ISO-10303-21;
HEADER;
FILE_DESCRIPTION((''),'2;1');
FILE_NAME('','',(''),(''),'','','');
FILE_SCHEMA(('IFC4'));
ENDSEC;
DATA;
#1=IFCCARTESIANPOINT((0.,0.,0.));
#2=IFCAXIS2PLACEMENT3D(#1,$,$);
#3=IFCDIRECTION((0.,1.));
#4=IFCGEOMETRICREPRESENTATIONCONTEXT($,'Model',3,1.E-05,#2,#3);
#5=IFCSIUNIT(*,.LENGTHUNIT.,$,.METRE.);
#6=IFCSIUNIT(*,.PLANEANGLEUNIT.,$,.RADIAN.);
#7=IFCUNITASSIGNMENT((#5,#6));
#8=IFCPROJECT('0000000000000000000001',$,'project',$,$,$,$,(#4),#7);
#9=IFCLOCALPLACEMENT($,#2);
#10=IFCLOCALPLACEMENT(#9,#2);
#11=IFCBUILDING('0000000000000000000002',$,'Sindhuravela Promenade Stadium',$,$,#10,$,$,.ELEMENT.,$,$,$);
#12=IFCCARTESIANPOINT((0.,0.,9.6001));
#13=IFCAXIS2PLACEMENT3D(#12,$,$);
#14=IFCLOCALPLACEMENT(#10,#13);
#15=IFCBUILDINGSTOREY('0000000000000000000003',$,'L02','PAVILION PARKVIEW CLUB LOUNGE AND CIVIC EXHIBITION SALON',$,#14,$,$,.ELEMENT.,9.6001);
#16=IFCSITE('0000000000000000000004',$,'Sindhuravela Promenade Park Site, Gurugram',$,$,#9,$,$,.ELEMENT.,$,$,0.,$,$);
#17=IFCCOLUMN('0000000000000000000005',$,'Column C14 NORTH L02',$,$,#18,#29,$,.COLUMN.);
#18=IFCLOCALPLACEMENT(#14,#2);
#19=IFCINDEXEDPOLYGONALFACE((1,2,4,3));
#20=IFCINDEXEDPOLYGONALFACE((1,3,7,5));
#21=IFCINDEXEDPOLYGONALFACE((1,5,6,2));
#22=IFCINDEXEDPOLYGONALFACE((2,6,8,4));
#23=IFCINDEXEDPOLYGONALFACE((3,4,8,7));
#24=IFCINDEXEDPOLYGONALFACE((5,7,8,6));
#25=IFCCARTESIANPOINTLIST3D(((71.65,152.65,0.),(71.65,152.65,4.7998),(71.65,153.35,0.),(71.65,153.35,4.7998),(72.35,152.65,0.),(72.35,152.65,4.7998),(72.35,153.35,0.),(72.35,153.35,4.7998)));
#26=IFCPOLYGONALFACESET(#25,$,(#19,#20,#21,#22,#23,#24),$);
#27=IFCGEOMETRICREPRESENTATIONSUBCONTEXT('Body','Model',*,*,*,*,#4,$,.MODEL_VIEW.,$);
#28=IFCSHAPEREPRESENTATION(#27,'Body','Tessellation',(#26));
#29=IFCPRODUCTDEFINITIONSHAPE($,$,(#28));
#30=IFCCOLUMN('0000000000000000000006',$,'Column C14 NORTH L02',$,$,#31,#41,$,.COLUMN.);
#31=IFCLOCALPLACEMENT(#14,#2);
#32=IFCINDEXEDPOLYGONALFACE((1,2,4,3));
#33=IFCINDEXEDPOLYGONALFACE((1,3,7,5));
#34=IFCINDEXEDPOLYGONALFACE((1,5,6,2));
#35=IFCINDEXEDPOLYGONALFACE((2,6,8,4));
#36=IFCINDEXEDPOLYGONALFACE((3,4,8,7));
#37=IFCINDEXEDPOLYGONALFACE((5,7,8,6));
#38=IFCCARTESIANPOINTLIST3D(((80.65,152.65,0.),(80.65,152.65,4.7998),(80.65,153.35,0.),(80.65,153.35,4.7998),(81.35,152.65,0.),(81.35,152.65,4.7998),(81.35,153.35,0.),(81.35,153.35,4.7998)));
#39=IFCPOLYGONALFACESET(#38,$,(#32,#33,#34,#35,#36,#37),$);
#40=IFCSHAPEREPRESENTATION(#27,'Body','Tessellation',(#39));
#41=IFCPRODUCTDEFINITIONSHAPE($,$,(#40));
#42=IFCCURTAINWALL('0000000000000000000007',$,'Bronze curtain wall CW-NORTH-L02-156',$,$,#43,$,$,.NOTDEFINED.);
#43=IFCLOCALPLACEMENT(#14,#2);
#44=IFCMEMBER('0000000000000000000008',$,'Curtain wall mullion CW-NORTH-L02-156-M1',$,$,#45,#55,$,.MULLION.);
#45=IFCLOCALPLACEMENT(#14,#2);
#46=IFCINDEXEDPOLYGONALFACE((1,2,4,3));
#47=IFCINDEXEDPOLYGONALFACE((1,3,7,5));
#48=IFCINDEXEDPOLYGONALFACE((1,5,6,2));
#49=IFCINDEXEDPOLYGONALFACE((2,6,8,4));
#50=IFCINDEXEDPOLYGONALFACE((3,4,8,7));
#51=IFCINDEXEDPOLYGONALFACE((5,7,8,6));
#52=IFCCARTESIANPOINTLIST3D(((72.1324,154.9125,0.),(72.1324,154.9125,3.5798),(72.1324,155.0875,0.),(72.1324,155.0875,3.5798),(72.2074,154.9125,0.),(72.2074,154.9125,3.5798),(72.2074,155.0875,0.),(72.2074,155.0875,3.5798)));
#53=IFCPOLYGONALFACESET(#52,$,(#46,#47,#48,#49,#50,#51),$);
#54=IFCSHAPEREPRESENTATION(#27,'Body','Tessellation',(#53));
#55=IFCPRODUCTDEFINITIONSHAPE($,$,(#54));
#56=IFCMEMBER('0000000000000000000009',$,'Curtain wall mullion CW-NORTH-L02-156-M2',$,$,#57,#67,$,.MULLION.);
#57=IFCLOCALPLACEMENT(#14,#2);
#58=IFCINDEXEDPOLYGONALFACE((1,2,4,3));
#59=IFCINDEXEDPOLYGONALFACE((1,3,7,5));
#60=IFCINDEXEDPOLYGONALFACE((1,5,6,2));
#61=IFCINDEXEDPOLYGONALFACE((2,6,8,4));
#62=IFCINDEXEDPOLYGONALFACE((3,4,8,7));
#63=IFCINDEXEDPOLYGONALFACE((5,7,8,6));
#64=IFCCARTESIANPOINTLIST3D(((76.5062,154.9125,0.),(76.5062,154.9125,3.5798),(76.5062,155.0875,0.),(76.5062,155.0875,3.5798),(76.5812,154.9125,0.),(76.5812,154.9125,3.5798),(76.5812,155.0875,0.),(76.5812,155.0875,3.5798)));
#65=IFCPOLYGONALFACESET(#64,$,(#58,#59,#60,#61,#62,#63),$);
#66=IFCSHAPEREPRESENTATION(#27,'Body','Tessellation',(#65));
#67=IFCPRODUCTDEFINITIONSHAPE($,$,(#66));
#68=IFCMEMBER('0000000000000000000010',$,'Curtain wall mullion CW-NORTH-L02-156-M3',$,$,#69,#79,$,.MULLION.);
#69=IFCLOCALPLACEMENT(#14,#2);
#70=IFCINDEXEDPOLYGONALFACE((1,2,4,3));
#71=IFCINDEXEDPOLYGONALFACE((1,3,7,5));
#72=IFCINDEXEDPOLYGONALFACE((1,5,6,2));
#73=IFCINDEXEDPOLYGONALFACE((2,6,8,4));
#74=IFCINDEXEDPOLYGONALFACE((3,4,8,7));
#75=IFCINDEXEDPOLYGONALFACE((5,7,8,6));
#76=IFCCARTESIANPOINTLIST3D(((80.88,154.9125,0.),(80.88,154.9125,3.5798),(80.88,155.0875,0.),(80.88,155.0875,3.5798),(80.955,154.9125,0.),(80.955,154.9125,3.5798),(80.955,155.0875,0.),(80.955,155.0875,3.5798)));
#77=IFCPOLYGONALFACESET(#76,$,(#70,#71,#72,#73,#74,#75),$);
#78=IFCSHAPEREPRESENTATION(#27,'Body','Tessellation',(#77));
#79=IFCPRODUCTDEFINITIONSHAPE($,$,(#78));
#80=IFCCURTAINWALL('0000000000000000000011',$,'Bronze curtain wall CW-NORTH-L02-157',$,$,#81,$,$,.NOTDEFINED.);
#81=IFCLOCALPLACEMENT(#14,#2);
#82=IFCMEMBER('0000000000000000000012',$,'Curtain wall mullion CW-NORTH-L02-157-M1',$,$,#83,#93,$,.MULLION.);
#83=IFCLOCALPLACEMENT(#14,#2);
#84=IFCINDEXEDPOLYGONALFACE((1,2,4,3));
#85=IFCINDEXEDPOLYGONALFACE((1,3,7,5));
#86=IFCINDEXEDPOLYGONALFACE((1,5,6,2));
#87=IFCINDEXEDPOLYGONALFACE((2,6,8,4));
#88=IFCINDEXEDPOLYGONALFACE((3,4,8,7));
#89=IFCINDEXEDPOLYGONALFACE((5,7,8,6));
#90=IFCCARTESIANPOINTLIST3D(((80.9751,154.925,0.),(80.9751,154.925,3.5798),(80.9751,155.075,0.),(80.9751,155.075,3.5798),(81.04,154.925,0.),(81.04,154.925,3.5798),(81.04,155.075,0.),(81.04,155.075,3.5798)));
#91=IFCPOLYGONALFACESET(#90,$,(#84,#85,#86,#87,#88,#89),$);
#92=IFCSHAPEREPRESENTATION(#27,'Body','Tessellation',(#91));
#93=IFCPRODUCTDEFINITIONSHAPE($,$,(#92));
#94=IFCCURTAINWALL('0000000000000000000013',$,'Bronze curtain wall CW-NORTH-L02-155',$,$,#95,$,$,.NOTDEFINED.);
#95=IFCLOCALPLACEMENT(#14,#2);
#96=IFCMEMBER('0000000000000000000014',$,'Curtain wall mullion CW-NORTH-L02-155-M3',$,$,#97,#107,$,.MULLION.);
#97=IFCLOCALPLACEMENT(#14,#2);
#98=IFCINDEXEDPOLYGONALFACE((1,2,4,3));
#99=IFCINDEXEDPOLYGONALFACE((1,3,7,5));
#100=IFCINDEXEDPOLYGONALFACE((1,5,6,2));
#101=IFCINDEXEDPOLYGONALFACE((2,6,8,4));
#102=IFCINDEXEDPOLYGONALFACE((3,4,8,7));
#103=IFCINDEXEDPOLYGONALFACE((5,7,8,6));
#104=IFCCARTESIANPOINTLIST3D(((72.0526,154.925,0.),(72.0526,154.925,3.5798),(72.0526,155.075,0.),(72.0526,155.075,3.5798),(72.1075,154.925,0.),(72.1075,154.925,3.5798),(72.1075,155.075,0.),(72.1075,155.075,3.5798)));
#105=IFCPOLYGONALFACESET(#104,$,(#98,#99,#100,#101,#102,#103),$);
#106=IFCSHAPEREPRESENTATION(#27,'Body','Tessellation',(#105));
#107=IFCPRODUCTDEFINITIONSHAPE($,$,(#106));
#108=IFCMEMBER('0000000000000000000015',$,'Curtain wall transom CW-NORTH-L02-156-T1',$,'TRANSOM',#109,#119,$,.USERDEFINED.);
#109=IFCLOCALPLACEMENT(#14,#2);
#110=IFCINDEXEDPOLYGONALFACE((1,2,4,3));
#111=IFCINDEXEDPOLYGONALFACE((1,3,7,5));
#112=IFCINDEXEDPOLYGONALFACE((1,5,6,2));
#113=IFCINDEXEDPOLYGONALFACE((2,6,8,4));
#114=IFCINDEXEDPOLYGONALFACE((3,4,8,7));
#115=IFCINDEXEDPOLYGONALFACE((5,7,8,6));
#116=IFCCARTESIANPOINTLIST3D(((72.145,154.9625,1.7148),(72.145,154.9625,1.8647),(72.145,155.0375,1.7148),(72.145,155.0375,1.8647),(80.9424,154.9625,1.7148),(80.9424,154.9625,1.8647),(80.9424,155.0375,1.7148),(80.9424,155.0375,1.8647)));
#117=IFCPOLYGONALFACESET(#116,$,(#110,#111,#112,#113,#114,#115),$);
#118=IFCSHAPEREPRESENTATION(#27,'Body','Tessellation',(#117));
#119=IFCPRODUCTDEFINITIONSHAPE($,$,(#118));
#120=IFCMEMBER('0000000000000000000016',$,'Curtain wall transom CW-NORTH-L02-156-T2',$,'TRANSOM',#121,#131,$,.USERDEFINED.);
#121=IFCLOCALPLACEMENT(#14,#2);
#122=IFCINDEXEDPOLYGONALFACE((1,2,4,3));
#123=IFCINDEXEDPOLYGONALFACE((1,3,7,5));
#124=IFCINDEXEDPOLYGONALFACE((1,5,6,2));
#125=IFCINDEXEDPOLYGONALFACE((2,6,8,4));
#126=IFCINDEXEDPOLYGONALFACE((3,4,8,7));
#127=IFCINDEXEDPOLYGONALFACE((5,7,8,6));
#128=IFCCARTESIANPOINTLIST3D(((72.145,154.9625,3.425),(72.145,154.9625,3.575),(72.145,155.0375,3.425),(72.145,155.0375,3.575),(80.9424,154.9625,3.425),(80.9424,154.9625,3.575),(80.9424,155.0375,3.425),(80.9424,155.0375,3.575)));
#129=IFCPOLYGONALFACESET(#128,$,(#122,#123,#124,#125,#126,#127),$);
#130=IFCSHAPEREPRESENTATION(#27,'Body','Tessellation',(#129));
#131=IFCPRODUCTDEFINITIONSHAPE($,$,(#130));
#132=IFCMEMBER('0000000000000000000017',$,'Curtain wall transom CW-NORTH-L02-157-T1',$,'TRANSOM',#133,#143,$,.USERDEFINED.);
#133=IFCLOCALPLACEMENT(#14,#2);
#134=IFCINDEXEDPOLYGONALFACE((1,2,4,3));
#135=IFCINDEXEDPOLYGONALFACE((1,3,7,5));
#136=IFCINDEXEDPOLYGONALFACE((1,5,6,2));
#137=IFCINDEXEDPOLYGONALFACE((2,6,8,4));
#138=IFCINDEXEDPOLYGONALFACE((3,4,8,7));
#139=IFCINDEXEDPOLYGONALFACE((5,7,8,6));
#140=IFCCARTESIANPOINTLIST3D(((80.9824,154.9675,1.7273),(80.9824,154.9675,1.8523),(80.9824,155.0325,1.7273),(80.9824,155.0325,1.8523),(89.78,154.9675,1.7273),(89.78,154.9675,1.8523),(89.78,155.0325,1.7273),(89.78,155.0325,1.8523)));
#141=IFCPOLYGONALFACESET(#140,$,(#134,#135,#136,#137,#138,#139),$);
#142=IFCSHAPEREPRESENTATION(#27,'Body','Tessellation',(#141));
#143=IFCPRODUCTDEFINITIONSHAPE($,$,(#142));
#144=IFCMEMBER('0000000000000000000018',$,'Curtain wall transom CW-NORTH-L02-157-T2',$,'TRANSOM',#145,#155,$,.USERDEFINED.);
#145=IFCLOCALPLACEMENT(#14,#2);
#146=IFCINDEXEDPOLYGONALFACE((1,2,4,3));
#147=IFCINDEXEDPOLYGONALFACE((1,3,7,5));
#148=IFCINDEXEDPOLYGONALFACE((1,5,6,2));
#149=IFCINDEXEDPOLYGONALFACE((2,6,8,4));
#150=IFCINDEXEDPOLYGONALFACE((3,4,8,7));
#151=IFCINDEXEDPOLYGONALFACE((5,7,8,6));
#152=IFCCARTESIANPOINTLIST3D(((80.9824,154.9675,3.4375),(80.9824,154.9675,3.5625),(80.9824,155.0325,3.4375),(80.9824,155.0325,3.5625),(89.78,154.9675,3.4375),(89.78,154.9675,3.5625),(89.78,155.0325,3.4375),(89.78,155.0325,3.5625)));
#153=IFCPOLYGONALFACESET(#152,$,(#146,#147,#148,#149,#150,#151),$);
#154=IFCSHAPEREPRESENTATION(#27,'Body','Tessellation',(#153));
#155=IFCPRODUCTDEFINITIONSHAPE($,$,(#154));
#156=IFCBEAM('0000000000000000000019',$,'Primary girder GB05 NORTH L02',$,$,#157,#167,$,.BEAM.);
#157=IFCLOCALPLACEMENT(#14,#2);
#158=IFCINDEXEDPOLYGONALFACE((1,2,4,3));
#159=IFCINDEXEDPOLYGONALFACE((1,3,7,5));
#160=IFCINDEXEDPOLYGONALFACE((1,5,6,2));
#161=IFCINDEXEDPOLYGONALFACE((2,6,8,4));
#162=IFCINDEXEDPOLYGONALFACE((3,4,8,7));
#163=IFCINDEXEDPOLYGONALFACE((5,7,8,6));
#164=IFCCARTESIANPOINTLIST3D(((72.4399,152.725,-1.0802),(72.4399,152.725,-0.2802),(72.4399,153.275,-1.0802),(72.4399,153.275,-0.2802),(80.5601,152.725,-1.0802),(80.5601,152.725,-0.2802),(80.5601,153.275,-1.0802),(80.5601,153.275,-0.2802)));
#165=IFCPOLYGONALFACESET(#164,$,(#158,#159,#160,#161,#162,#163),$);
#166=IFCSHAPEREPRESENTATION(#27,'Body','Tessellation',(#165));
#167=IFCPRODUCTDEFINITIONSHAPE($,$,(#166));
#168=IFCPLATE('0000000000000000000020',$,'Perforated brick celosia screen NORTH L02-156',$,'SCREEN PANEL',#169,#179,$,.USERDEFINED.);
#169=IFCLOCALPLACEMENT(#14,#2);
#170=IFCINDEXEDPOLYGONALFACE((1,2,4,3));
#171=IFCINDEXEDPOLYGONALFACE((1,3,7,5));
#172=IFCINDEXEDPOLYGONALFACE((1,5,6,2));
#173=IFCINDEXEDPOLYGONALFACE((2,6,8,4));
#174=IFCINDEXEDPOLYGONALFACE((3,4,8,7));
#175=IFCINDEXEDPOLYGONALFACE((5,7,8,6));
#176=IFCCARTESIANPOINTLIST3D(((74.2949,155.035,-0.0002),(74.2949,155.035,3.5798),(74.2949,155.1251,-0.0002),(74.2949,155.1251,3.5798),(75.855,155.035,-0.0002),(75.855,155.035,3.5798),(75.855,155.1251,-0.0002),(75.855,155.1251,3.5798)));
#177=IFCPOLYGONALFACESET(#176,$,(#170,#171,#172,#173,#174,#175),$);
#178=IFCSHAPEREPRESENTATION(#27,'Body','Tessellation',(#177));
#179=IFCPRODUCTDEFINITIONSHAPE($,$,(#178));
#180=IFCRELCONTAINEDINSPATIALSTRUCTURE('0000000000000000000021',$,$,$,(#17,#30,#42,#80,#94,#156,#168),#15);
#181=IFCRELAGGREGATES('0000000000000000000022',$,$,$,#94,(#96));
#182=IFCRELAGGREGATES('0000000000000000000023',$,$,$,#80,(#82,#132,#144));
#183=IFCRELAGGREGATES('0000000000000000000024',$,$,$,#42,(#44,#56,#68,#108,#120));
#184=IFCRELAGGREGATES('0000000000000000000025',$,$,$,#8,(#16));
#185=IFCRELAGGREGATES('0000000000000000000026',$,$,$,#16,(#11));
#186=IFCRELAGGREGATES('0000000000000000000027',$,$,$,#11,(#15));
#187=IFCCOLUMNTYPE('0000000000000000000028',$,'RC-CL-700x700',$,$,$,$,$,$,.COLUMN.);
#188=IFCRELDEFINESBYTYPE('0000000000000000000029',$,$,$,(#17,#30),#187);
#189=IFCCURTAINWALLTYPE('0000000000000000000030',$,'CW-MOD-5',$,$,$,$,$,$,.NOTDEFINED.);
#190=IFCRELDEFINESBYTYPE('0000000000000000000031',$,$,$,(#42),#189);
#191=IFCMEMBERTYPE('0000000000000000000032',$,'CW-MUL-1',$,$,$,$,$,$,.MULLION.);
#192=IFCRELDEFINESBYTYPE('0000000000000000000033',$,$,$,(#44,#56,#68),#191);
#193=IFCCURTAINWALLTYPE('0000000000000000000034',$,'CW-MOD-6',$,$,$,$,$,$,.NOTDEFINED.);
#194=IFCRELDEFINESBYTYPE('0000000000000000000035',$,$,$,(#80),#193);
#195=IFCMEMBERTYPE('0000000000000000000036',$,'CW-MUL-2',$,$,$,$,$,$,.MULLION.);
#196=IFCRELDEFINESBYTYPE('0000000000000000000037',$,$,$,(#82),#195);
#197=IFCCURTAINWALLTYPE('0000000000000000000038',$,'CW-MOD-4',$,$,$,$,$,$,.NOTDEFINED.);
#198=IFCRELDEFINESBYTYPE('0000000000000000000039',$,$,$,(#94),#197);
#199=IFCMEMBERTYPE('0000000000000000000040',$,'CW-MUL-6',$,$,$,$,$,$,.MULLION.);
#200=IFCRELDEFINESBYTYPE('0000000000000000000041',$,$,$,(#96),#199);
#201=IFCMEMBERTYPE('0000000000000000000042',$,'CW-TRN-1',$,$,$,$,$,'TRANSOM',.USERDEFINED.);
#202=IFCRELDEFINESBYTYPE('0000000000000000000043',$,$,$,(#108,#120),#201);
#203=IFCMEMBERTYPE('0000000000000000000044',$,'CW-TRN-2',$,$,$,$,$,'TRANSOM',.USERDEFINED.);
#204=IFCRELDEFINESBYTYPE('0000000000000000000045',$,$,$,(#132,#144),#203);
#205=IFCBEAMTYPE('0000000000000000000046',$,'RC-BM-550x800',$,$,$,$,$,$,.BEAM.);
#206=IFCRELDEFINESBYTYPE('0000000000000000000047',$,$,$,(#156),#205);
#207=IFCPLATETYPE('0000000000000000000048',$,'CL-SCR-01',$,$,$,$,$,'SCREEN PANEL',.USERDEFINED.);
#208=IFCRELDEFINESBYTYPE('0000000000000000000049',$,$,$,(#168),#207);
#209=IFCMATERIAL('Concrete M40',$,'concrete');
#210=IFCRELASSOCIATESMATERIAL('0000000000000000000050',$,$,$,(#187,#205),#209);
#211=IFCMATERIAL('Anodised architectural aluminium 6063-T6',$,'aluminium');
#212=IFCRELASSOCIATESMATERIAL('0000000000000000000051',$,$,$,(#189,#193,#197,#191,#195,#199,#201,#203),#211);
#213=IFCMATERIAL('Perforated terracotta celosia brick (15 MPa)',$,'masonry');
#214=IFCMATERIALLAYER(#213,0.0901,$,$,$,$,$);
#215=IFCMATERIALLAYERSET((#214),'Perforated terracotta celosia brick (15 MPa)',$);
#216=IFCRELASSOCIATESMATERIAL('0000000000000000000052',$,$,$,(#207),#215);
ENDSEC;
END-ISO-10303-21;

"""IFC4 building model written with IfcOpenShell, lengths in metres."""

from ifc_helpers import new_model, si_unit, direction, frame, origin, origin_2d, place, context, subcontext, project, spatial, rectangle, extrude, material, layer, layer_set, material_profile, profile_set, type_object, element, aggregate, save


model = new_model("IFC4")

# Units and contexts
model_context = context("Model", 3, precision=1e-05, world=origin(), true_north=direction((0.0, 1.0)))
body_context = subcontext(model_context, "Body", "Model", "MODEL_VIEW")
ifc_project = project(units=[si_unit("LENGTHUNIT", "METRE"), si_unit("PLANEANGLEUNIT", "RADIAN")], contexts=[model_context])

# Site, building, storey
site_placement = place(None, origin())
site = spatial("IfcSite", under=ifc_project, at=site_placement, Name="Sindhuravela Promenade Park Site, Gurugram", CompositionType="ELEMENT", RefElevation=0.0)
building_placement = place(site_placement, origin())
building = spatial("IfcBuilding", under=site, at=building_placement, Name="Sindhuravela Promenade Stadium", CompositionType="ELEMENT")
storey_placement = place(building_placement, frame((0.0, 0.0, 9.6001)))
storey = spatial("IfcBuildingStorey", under=building, at=storey_placement, Name="L02", Description="PAVILION PARKVIEW CLUB LOUNGE AND CIVIC EXHIBITION SALON", CompositionType="ELEMENT", Elevation=9.6001)

# Columns
ifc_material_1 = material(Name="Concrete M40", Category="concrete")
ifc_material_profile_1 = material_profile(ifc_material_1, rectangle(XDim=0.7, YDim=0.7, at=origin_2d()), Name="RC 700x700")
ifc_profile_set_1 = profile_set([ifc_material_profile_1], Name="Concrete M40")
column_type = type_object("IfcColumnType", Name="RC-CL-700x700", PredefinedType="COLUMN", material=ifc_profile_set_1)
for number, where, z_axis, x_axis, name in (
    (1, (72.0, 153.0, 0.0), (0.0, 0.0, 1.0), (1.0, 0.0, 0.0), "Column C14 NORTH L02"),
    (2, (81.0, 153.0, 0.0), (0.0, 0.0, 1.0), (1.0, 0.0, 0.0), "Column C14 NORTH L02"),
):
    element("IfcColumn", number, at=place(storey_placement, frame(where, z_axis=z_axis, x_axis=x_axis)), inside=storey, type_object=column_type, Name=name, PredefinedType="COLUMN", context=body_context, shape_type="SweptSolid", body=[
        extrude(rectangle(XDim=0.7, YDim=0.7, at=origin_2d()), origin(), (0.0, 0.0, 1.0), 4.7998),
    ])

# Curtain wall, members
ifc_material_2 = material(Name="Anodised architectural aluminium 6063-T6", Category="aluminium")
curtain_wall_type_1 = type_object("IfcCurtainWallType", Name="CW-MOD-5", PredefinedType="NOTDEFINED", material=ifc_material_2)
curtain_wall_1_placement = place(storey_placement, origin())
curtain_wall_1 = element("IfcCurtainWall", 3, at=curtain_wall_1_placement, inside=storey, type_object=curtain_wall_type_1, Name="Bronze curtain wall CW-NORTH-L02-156", PredefinedType="NOTDEFINED")
ifc_material_profile_2 = material_profile(ifc_material_2, rectangle(XDim=0.075, YDim=0.175, at=origin_2d()), Name="ALU MULL 75x175")
ifc_profile_set_2 = profile_set([ifc_material_profile_2], Name="Anodised architectural aluminium 6063-T6")
member_type_1 = type_object("IfcMemberType", Name="CW-MUL-1", PredefinedType="MULLION", material=ifc_profile_set_2)
member_1_placement = place(storey_placement, frame((72.1699, 155.0, 0.0), z_axis=(0.0, 0.0, 1.0), x_axis=(1.0, 0.0, 0.0)))
member_1 = element("IfcMember", 4, at=member_1_placement, type_object=member_type_1, Name="Curtain wall mullion CW-NORTH-L02-156-M1", PredefinedType="MULLION", context=body_context, shape_type="SweptSolid", body=[
    extrude(rectangle(XDim=0.075, YDim=0.175, at=origin_2d()), origin(), (0.0, 0.0, 1.0), 3.5798),
])
member_2_placement = place(storey_placement, frame((76.5437, 155.0, 0.0), z_axis=(0.0, 0.0, 1.0), x_axis=(1.0, 0.0, 0.0)))
member_2 = element("IfcMember", 5, at=member_2_placement, type_object=member_type_1, Name="Curtain wall mullion CW-NORTH-L02-156-M2", PredefinedType="MULLION", context=body_context, shape_type="SweptSolid", body=[
    extrude(rectangle(XDim=0.075, YDim=0.175, at=origin_2d()), origin(), (0.0, 0.0, 1.0), 3.5798),
])
member_3_placement = place(storey_placement, frame((80.9175, 155.0, 0.0), z_axis=(0.0, 0.0, 1.0), x_axis=(1.0, 0.0, 0.0)))
member_3 = element("IfcMember", 6, at=member_3_placement, type_object=member_type_1, Name="Curtain wall mullion CW-NORTH-L02-156-M3", PredefinedType="MULLION", context=body_context, shape_type="SweptSolid", body=[
    extrude(rectangle(XDim=0.075, YDim=0.175, at=origin_2d()), origin(), (0.0, 0.0, 1.0), 3.5798),
])

# Curtain walls, members
curtain_wall_type_2 = type_object("IfcCurtainWallType", Name="CW-MOD-6", PredefinedType="NOTDEFINED", material=ifc_material_2)
curtain_wall_2_placement = place(storey_placement, origin())
curtain_wall_2 = element("IfcCurtainWall", 7, at=curtain_wall_2_placement, inside=storey, type_object=curtain_wall_type_2, Name="Bronze curtain wall CW-NORTH-L02-157", PredefinedType="NOTDEFINED")
ifc_material_profile_3 = material_profile(ifc_material_2, rectangle(XDim=0.0649, YDim=0.1499, at=origin_2d()), Name="ALU MULL 65x150")
ifc_profile_set_3 = profile_set([ifc_material_profile_3], Name="Anodised architectural aluminium 6063-T6")
member_type_2 = type_object("IfcMemberType", Name="CW-MUL-2", PredefinedType="MULLION", material=ifc_profile_set_3)
member_4_placement = place(storey_placement, frame((81.0076, 155.0, 0.0), z_axis=(0.0, 0.0, 1.0), x_axis=(1.0, 0.0, 0.0)))
member_4 = element("IfcMember", 8, at=member_4_placement, type_object=member_type_2, Name="Curtain wall mullion CW-NORTH-L02-157-M1", PredefinedType="MULLION", context=body_context, shape_type="SweptSolid", body=[
    extrude(rectangle(XDim=0.0649, YDim=0.1499, at=origin_2d()), origin(), (0.0, 0.0, 1.0), 3.5798),
])
curtain_wall_type_3 = type_object("IfcCurtainWallType", Name="CW-MOD-4", PredefinedType="NOTDEFINED", material=ifc_material_2)
curtain_wall_3_placement = place(storey_placement, origin())
curtain_wall_3 = element("IfcCurtainWall", 9, at=curtain_wall_3_placement, inside=storey, type_object=curtain_wall_type_3, Name="Bronze curtain wall CW-NORTH-L02-155", PredefinedType="NOTDEFINED")
ifc_material_profile_4 = material_profile(ifc_material_2, rectangle(XDim=0.0549, YDim=0.1499, at=origin_2d()), Name="ALU M55x150")
ifc_profile_set_4 = profile_set([ifc_material_profile_4], Name="Anodised architectural aluminium 6063-T6")
member_type_3 = type_object("IfcMemberType", Name="CW-MUL-6", PredefinedType="MULLION", material=ifc_profile_set_4)
member_5_placement = place(storey_placement, frame((72.0801, 155.0, 0.0), z_axis=(0.0, 0.0, 1.0), x_axis=(1.0, 0.0, 0.0)))
member_5 = element("IfcMember", 10, at=member_5_placement, type_object=member_type_3, Name="Curtain wall mullion CW-NORTH-L02-155-M3", PredefinedType="MULLION", context=body_context, shape_type="SweptSolid", body=[
    extrude(rectangle(XDim=0.0549, YDim=0.1499, at=origin_2d()), origin(), (0.0, 0.0, 1.0), 3.5798),
])
aggregate(curtain_wall_3, [member_5])

# Members
ifc_material_profile_5 = material_profile(ifc_material_2, rectangle(XDim=0.075, YDim=0.1499, at=origin_2d()), Name="ALU TRAN 75x150")
ifc_profile_set_5 = profile_set([ifc_material_profile_5], Name="Anodised architectural aluminium 6063-T6")
member_type_4 = type_object("IfcMemberType", Name="CW-TRN-1", ElementType="TRANSOM", PredefinedType="USERDEFINED", material=ifc_profile_set_5)
member_6_placement = place(storey_placement, frame((72.145, 155.0, 1.7898), z_axis=(1.0, 0.0, 0.0), x_axis=(0.0, 1.0, 0.0)))
member_6 = element("IfcMember", 11, at=member_6_placement, type_object=member_type_4, Name="Curtain wall transom CW-NORTH-L02-156-T1", ObjectType="TRANSOM", PredefinedType="USERDEFINED", context=body_context, shape_type="SweptSolid", body=[
    extrude(rectangle(XDim=0.075, YDim=0.1499, at=origin_2d()), origin(), (0.0, 0.0, 1.0), 8.7974),
])
member_7_placement = place(storey_placement, frame((72.145, 155.0, 3.5), z_axis=(1.0, 0.0, 0.0), x_axis=(0.0, 1.0, 0.0)))
member_7 = element("IfcMember", 12, at=member_7_placement, type_object=member_type_4, Name="Curtain wall transom CW-NORTH-L02-156-T2", ObjectType="TRANSOM", PredefinedType="USERDEFINED", context=body_context, shape_type="SweptSolid", body=[
    extrude(rectangle(XDim=0.075, YDim=0.1499, at=origin_2d()), origin(), (0.0, 0.0, 1.0), 8.7974),
])
ifc_material_profile_6 = material_profile(ifc_material_2, rectangle(XDim=0.0649, YDim=0.125, at=origin_2d()), Name="ALU TRAN 65x125")
ifc_profile_set_6 = profile_set([ifc_material_profile_6], Name="Anodised architectural aluminium 6063-T6")
member_type_5 = type_object("IfcMemberType", Name="CW-TRN-2", ElementType="TRANSOM", PredefinedType="USERDEFINED", material=ifc_profile_set_6)
member_8_placement = place(storey_placement, frame((80.9824, 155.0, 1.7898), z_axis=(1.0, 0.0, 0.0), x_axis=(0.0, 1.0, 0.0)))
member_8 = element("IfcMember", 13, at=member_8_placement, type_object=member_type_5, Name="Curtain wall transom CW-NORTH-L02-157-T1", ObjectType="TRANSOM", PredefinedType="USERDEFINED", context=body_context, shape_type="SweptSolid", body=[
    extrude(rectangle(XDim=0.0649, YDim=0.125, at=origin_2d()), origin(), (0.0, 0.0, 1.0), 8.7976),
])
member_9_placement = place(storey_placement, frame((80.9824, 155.0, 3.5), z_axis=(1.0, 0.0, 0.0), x_axis=(0.0, 1.0, 0.0)))
member_9 = element("IfcMember", 14, at=member_9_placement, type_object=member_type_5, Name="Curtain wall transom CW-NORTH-L02-157-T2", ObjectType="TRANSOM", PredefinedType="USERDEFINED", context=body_context, shape_type="SweptSolid", body=[
    extrude(rectangle(XDim=0.0649, YDim=0.125, at=origin_2d()), origin(), (0.0, 0.0, 1.0), 8.7976),
])
aggregate(curtain_wall_2, [member_4, member_8, member_9])

# Beam
ifc_material_profile_7 = material_profile(ifc_material_1, rectangle(XDim=0.55, YDim=0.8, at=origin_2d()), Name="RC 550x800")
ifc_profile_set_7 = profile_set([ifc_material_profile_7], Name="Concrete M40")
beam_type = type_object("IfcBeamType", Name="RC-BM-550x800", PredefinedType="BEAM", material=ifc_profile_set_7)
beam_placement = place(storey_placement, frame((72.4399, 153.0, -0.6802), z_axis=(1.0, 0.0, 0.0), x_axis=(0.0, 1.0, 0.0)))
element("IfcBeam", 15, at=beam_placement, inside=storey, type_object=beam_type, Name="Primary girder GB05 NORTH L02", PredefinedType="BEAM", context=body_context, shape_type="SweptSolid", body=[
    extrude(rectangle(XDim=0.55, YDim=0.8, at=origin_2d()), origin(), (0.0, 0.0, 1.0), 8.1201),
])

# Plate
ifc_material_3 = material(Name="Perforated terracotta celosia brick (15 MPa)", Category="masonry")
ifc_layer_1 = layer(ifc_material_3, 0.0901)
ifc_layer_set_1 = layer_set([ifc_layer_1], Name="Perforated terracotta celosia brick (15 MPa)")
plate_type_1 = type_object("IfcPlateType", Name="CL-SCR-01", ElementType="SCREEN PANEL", PredefinedType="USERDEFINED", material=ifc_layer_set_1)
plate_1_placement = place(storey_placement, frame((75.075, 155.0801, -0.0002), z_axis=(0.0, 0.0, 1.0), x_axis=(1.0, 0.0, 0.0)))
element("IfcPlate", 16, at=plate_1_placement, inside=storey, type_object=plate_type_1, Name="Perforated brick celosia screen NORTH L02-156", ObjectType="SCREEN PANEL", PredefinedType="USERDEFINED", context=body_context, shape_type="SweptSolid", body=[
    extrude(rectangle(XDim=1.5601, YDim=0.0901, at=origin_2d()), origin(), (0.0, 0.0, 1.0), 3.5801),
])

aggregate(curtain_wall_1, [member_1, member_2, member_3, member_6, member_7])

save(model, "model.ifc")
